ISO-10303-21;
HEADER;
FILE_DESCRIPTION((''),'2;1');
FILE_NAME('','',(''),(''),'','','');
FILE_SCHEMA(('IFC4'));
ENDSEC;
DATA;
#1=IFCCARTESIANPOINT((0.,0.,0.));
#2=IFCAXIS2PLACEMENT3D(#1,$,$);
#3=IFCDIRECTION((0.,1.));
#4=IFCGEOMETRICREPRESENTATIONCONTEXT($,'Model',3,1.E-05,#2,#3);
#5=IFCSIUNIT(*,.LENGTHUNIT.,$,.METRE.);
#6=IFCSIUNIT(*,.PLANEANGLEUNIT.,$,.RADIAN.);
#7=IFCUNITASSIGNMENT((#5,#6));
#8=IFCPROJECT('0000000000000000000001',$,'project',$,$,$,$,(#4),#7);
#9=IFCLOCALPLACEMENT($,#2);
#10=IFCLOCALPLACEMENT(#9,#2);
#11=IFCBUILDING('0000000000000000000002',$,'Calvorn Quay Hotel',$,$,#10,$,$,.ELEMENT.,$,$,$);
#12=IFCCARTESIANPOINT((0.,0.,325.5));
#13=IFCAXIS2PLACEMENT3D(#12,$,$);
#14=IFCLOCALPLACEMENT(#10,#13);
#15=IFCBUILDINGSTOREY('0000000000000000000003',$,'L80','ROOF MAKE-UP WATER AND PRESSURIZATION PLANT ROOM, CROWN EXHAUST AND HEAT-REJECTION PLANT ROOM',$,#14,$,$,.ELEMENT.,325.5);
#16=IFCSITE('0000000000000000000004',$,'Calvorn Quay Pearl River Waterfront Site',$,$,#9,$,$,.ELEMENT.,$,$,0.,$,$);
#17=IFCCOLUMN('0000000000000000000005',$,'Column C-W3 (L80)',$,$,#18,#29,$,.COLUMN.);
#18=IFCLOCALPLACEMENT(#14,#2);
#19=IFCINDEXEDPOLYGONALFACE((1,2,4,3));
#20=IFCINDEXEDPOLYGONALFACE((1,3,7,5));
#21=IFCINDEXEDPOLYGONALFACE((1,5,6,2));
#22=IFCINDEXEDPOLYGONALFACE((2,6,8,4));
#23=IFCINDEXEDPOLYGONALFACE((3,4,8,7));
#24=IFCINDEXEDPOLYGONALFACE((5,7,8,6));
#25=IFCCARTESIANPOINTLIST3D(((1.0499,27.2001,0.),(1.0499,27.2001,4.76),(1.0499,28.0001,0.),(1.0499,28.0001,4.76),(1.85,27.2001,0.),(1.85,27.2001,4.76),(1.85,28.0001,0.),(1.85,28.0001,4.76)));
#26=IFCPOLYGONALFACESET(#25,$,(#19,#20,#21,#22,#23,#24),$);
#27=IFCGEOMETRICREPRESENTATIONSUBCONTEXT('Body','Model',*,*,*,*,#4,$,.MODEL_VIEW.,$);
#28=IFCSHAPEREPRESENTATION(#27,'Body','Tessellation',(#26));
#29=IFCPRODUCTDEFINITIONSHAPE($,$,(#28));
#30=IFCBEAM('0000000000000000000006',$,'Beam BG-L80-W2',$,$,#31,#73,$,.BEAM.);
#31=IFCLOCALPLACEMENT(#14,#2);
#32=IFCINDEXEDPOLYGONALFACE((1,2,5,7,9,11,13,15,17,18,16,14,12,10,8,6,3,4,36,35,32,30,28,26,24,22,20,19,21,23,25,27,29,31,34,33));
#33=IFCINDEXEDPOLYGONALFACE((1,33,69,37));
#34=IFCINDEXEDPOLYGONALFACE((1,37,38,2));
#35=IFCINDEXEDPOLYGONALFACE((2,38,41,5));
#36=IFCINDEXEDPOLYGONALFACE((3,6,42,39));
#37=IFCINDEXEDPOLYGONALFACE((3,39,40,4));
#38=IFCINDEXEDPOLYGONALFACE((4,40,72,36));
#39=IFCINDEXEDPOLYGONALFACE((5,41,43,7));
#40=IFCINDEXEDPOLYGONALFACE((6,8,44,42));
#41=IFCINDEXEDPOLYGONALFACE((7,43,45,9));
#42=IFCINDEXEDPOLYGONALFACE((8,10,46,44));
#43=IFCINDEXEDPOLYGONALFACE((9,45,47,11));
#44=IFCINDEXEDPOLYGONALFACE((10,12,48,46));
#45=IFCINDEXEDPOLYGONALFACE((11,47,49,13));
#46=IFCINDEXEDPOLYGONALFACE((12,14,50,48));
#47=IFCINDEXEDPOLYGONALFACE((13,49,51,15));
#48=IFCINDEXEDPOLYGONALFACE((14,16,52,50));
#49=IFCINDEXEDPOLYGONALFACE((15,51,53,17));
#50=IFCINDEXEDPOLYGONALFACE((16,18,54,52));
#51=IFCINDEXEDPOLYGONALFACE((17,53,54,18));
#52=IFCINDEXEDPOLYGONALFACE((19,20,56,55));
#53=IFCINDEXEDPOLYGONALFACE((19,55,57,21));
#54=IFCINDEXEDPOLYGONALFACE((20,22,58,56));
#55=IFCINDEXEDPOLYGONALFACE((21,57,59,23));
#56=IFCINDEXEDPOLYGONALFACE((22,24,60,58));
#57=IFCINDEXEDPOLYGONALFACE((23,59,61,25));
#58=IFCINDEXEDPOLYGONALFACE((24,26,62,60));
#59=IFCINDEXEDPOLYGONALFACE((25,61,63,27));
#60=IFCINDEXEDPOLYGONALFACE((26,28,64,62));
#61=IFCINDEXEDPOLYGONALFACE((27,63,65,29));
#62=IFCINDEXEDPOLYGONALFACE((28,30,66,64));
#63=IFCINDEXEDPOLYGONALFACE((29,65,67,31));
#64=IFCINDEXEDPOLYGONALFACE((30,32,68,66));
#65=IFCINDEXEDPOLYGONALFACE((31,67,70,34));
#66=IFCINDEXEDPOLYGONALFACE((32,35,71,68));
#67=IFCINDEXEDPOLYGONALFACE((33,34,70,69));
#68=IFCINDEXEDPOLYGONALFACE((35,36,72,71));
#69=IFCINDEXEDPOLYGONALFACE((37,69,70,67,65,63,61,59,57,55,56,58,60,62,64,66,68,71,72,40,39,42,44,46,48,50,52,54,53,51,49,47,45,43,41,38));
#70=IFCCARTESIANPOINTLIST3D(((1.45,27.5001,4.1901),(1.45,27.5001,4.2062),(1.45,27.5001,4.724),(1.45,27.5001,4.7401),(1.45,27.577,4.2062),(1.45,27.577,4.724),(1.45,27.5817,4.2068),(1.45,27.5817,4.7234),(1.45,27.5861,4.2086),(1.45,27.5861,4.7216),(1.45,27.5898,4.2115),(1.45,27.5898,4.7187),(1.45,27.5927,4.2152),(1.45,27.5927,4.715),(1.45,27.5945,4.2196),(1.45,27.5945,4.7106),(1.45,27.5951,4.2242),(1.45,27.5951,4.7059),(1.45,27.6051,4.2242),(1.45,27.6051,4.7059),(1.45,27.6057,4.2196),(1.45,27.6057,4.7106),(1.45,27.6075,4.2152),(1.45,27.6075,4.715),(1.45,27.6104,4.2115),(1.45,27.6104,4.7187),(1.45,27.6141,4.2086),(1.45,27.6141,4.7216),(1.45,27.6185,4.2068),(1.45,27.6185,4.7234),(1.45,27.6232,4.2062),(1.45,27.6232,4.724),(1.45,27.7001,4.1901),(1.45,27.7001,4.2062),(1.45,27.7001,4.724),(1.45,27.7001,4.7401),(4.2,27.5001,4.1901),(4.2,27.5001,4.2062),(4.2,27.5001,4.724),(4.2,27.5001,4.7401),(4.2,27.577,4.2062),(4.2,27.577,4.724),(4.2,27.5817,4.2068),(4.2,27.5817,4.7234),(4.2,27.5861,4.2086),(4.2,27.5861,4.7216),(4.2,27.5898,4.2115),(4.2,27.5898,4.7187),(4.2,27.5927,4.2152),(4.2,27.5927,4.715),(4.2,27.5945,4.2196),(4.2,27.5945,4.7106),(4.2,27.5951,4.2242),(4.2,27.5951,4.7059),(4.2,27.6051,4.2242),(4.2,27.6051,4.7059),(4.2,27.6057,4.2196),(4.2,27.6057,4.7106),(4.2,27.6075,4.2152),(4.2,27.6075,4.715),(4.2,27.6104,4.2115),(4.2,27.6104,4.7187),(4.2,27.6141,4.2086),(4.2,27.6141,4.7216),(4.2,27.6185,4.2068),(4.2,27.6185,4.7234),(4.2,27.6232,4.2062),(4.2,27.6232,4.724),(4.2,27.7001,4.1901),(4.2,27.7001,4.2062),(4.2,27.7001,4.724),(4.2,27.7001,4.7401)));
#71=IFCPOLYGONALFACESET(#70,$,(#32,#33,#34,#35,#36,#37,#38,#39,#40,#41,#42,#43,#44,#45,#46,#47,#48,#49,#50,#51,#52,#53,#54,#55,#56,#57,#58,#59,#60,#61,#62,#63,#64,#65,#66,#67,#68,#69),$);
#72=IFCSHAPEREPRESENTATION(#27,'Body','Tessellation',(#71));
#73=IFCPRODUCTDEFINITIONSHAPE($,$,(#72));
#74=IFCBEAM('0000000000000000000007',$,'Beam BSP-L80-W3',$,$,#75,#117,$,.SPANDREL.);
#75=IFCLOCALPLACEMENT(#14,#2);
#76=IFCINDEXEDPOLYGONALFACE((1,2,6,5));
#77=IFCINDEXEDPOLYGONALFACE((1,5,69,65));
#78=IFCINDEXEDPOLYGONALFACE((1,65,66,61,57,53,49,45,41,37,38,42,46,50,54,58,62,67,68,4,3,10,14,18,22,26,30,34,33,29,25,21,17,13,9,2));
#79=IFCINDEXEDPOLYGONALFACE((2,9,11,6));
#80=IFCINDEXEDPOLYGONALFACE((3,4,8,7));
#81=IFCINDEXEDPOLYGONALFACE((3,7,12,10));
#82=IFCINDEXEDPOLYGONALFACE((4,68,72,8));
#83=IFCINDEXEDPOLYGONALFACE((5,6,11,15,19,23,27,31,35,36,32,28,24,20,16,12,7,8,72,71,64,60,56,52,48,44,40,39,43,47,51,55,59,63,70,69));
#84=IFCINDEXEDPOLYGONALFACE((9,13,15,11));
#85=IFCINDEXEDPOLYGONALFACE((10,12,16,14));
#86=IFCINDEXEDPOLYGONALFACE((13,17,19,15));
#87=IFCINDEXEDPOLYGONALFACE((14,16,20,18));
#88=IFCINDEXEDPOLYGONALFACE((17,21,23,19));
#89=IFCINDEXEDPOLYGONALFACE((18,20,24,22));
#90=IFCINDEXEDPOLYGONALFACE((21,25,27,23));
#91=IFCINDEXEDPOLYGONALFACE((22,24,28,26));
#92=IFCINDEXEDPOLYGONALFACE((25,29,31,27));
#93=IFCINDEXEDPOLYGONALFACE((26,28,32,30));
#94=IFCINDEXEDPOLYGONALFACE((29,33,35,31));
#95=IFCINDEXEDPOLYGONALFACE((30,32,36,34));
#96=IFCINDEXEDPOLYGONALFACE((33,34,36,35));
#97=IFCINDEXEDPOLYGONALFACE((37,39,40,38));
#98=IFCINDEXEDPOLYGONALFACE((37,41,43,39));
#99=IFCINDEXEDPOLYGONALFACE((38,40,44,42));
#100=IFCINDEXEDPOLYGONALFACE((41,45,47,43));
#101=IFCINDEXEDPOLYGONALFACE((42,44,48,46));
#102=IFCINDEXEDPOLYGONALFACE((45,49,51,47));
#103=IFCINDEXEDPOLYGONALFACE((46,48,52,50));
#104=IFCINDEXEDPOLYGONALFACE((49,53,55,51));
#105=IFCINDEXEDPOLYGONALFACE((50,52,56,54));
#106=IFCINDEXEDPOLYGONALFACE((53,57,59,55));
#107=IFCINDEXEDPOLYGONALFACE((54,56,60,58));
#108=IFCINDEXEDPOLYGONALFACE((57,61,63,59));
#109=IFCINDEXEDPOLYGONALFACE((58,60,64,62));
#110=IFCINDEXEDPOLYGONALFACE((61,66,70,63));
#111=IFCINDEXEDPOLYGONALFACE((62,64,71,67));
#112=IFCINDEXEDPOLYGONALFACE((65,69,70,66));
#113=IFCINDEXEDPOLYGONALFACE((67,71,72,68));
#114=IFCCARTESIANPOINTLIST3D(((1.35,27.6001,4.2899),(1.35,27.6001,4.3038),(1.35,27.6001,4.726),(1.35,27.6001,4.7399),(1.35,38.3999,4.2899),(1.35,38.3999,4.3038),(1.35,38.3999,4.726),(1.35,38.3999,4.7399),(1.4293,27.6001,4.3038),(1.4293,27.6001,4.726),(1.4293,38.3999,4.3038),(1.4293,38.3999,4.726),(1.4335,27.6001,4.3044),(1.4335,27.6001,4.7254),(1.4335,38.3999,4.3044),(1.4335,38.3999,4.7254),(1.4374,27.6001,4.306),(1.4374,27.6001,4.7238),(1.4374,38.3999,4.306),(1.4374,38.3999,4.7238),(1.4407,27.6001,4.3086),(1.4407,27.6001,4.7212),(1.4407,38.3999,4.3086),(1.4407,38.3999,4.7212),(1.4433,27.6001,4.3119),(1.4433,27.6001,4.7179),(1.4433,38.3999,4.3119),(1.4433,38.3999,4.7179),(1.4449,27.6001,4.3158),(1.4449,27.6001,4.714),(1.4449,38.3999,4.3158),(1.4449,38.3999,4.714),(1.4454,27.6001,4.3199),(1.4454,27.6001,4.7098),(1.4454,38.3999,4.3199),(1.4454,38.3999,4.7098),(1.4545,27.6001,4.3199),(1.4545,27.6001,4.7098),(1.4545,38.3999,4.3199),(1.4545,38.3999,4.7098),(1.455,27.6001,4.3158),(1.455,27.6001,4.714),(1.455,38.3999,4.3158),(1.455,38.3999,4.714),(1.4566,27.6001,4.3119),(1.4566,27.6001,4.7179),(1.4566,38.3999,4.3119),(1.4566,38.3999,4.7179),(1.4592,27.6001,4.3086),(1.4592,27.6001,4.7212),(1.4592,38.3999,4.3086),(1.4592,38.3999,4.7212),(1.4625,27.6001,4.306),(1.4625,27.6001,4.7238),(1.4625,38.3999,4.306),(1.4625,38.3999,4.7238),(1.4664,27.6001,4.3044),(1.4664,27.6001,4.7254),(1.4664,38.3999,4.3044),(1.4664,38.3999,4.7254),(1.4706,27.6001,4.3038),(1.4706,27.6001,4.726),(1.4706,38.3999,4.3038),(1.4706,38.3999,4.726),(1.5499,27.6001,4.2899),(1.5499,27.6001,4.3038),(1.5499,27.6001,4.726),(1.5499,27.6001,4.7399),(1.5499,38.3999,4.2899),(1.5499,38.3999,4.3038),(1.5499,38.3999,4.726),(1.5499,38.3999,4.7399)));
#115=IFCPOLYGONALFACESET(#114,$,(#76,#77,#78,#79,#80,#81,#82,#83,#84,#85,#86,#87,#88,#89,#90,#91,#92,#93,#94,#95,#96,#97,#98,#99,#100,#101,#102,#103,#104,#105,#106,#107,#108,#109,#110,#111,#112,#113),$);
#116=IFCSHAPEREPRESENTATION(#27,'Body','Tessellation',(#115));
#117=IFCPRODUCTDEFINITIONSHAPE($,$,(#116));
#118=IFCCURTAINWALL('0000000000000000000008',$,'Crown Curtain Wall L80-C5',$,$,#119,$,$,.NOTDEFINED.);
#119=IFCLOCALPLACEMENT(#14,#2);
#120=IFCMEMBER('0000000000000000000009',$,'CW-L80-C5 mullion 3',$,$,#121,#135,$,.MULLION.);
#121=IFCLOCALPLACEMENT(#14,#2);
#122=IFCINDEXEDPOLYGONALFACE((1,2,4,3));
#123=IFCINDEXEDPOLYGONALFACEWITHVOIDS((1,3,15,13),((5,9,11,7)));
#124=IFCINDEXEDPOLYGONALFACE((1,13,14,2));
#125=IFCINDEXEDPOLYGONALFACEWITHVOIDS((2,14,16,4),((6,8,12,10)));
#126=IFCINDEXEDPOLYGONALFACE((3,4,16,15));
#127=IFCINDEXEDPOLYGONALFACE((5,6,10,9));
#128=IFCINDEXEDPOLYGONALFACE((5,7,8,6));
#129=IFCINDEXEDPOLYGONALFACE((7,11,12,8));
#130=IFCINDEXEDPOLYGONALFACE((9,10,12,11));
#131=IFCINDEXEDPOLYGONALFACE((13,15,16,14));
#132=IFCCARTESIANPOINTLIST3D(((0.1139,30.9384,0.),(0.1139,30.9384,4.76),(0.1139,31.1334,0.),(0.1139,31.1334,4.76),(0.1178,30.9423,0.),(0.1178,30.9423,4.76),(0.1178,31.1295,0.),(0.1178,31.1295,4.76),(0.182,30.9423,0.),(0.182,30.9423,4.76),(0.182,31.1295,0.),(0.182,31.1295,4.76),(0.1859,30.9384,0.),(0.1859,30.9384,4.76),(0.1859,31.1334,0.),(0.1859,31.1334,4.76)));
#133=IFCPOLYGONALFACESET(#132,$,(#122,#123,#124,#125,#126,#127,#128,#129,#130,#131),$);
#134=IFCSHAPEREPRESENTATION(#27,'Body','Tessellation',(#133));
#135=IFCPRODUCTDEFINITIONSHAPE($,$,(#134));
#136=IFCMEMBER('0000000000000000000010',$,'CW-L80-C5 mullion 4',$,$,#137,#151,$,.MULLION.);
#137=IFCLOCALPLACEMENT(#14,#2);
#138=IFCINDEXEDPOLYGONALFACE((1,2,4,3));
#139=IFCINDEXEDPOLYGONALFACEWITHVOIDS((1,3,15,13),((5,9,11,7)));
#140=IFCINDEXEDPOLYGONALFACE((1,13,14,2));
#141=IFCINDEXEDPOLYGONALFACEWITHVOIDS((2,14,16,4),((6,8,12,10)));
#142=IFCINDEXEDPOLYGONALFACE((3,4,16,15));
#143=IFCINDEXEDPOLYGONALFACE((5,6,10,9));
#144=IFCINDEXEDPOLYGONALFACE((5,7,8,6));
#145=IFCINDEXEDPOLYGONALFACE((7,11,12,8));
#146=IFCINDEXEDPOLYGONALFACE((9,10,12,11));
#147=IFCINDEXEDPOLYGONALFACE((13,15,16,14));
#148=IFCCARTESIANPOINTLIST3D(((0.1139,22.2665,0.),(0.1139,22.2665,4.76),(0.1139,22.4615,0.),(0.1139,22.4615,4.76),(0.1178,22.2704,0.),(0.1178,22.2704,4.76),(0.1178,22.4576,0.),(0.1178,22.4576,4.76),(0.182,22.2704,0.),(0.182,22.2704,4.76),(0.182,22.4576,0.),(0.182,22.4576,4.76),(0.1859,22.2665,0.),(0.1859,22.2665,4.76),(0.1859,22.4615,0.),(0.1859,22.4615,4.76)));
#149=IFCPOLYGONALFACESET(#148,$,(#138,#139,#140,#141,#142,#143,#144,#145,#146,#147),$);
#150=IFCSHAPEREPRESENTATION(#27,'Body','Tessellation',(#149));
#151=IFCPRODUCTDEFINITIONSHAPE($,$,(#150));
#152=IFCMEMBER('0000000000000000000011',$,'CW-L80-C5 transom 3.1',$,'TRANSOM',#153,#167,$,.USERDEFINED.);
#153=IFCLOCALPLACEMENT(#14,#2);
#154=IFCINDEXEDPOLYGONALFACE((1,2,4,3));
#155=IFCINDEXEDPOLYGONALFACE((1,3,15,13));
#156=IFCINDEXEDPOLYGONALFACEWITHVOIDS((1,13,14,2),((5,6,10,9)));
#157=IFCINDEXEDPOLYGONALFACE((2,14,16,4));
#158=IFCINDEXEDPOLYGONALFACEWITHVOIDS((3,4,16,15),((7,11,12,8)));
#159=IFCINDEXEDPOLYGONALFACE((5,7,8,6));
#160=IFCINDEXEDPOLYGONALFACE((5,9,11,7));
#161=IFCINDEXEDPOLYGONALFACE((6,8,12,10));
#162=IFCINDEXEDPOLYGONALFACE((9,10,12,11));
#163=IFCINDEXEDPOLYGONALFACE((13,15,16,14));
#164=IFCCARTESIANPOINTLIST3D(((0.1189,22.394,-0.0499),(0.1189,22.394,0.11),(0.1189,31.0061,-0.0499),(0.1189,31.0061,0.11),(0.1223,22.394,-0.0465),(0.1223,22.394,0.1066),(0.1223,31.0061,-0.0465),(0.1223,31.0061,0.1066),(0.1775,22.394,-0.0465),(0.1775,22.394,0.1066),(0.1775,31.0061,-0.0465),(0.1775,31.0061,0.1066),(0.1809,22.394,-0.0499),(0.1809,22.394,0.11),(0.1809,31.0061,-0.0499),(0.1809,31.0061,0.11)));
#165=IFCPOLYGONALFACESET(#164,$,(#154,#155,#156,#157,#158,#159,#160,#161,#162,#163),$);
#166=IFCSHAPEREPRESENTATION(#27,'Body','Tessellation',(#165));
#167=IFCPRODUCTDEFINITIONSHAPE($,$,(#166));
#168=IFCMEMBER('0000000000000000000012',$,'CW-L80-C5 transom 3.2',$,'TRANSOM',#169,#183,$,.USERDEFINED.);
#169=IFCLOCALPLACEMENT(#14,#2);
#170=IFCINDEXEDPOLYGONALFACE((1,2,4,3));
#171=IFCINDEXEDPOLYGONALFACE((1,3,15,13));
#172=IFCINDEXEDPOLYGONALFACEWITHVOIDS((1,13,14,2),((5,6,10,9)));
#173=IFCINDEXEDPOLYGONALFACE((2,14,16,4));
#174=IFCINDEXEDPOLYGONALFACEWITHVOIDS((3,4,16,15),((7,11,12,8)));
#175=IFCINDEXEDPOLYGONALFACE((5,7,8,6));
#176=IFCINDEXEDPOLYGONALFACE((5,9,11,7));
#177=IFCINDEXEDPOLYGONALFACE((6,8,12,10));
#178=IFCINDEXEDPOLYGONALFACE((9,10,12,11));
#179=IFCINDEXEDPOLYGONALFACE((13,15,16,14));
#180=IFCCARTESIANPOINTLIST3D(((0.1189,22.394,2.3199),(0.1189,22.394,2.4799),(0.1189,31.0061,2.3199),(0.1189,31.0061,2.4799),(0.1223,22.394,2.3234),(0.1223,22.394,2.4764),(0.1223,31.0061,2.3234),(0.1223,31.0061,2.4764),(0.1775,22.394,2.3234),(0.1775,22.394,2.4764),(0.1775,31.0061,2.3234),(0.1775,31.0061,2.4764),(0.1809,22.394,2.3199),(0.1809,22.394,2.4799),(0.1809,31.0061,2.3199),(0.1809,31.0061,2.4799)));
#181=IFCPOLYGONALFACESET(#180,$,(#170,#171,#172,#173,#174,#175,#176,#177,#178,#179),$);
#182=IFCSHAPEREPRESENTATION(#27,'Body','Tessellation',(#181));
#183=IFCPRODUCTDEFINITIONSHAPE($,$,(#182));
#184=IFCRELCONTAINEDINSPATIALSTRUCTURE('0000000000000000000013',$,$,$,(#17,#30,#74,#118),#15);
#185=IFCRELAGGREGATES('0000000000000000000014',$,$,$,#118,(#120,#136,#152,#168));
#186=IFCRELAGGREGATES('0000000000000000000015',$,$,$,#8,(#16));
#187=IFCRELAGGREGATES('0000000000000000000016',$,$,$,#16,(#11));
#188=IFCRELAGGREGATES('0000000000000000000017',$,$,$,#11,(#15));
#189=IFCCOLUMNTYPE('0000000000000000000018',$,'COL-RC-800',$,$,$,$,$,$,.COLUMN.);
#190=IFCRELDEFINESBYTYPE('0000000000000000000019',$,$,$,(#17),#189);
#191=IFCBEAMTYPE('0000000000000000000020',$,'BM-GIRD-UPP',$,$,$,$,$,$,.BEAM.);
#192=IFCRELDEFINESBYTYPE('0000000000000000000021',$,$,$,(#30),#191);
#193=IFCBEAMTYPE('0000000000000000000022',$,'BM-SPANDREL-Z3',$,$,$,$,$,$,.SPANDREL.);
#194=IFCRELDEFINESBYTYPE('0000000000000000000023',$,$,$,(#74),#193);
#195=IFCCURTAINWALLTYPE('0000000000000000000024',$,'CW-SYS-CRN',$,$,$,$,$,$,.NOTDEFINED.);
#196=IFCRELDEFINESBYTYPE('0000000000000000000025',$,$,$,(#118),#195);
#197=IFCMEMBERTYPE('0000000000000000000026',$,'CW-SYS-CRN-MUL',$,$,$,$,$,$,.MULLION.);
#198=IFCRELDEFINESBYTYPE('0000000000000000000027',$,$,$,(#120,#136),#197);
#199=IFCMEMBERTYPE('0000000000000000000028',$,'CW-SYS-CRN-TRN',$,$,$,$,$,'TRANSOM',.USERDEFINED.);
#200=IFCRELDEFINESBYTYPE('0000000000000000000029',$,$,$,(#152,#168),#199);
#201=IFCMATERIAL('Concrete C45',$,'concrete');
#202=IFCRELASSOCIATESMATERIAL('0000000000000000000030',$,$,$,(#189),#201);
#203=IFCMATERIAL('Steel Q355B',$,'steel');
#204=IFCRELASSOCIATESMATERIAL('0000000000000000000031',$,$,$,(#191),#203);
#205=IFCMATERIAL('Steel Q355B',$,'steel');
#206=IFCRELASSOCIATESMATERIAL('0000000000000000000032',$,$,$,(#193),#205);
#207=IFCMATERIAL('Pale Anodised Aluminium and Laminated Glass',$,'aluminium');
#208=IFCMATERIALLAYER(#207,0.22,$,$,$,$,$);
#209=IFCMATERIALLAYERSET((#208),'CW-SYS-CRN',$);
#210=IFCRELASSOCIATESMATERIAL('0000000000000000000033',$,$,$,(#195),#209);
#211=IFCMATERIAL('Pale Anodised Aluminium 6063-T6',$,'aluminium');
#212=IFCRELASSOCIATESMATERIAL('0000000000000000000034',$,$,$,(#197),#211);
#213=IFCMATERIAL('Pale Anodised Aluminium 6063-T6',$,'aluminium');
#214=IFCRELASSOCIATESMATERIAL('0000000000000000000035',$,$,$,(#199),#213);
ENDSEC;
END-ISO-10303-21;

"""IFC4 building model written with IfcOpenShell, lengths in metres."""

from ifc_helpers import new_model, si_unit, direction, frame, origin, origin_2d, place, context, subcontext, project, spatial, rectangle, hollow_rectangle, i_section, extrude, material, layer, layer_set, material_profile, profile_set, type_object, element, aggregate, save


model = new_model("IFC4")

# Units and contexts
model_context = context("Model", 3, precision=1e-05, world=origin(), true_north=direction((0.0, 1.0)))
body_context = subcontext(model_context, "Body", "Model", "MODEL_VIEW")
ifc_project = project(units=[si_unit("LENGTHUNIT", "METRE"), si_unit("PLANEANGLEUNIT", "RADIAN")], contexts=[model_context])

# Site, building, storey
site_placement = place(None, origin())
site = spatial("IfcSite", under=ifc_project, at=site_placement, Name="Calvorn Quay Pearl River Waterfront Site", CompositionType="ELEMENT", RefElevation=0.0)
building_placement = place(site_placement, origin())
building = spatial("IfcBuilding", under=site, at=building_placement, Name="Calvorn Quay Hotel", CompositionType="ELEMENT")
storey_placement = place(building_placement, frame((0.0, 0.0, 325.5)))
storey = spatial("IfcBuildingStorey", under=building, at=storey_placement, Name="L80", Description="ROOF MAKE-UP WATER AND PRESSURIZATION PLANT ROOM, CROWN EXHAUST AND HEAT-REJECTION PLANT ROOM", CompositionType="ELEMENT", Elevation=325.5)

# Column
ifc_material_1 = material(Name="Concrete C45", Category="concrete")
ifc_material_profile_1 = material_profile(ifc_material_1, rectangle(XDim=0.8, YDim=0.8, at=origin_2d()), Name="RC800x800")
ifc_profile_set_1 = profile_set([ifc_material_profile_1], Name="Concrete C45")
column_type = type_object("IfcColumnType", Name="COL-RC-800", PredefinedType="COLUMN", material=ifc_profile_set_1)
column_placement = place(storey_placement, frame((1.45, 27.6001, 0.0), z_axis=(0.0, 0.0, 1.0), x_axis=(1.0, 0.0, 0.0)))
element("IfcColumn", 1, at=column_placement, inside=storey, type_object=column_type, Name="Column C-W3 (L80)", PredefinedType="COLUMN", context=body_context, shape_type="SweptSolid", body=[
    extrude(rectangle(XDim=0.8, YDim=0.8, at=origin_2d()), origin(), (0.0, 0.0, 1.0), 4.76),
])

# Beams
ifc_material_2 = material(Name="Steel Q355B", Category="steel")
ifc_material_profile_2 = material_profile(ifc_material_2, i_section(OverallWidth=0.2, OverallDepth=0.55, WebThickness=0.01, FlangeThickness=0.0161, FilletRadius=0.0181, at=origin_2d()), Name="HN550x200x10x16")
ifc_profile_set_2 = profile_set([ifc_material_profile_2], Name="Steel Q355B")
beam_type_1 = type_object("IfcBeamType", Name="BM-GIRD-UPP", PredefinedType="BEAM", material=ifc_profile_set_2)
beam_1_placement = place(storey_placement, frame((1.45, 27.6001, 4.4651), z_axis=(1.0, 0.0, 0.0), x_axis=(0.0, 1.0, 0.0)))
element("IfcBeam", 2, at=beam_1_placement, inside=storey, type_object=beam_type_1, Name="Beam BG-L80-W2", PredefinedType="BEAM", context=body_context, shape_type="SweptSolid", body=[
    extrude(i_section(OverallWidth=0.2, OverallDepth=0.55, WebThickness=0.01, FlangeThickness=0.0161, FilletRadius=0.0181, at=origin_2d()), origin(), (0.0, 0.0, 1.0), 2.75),
])
ifc_material_3 = material(Name="Steel Q355B", Category="steel")
ifc_material_profile_3 = material_profile(ifc_material_3, i_section(OverallWidth=0.2, OverallDepth=0.45, WebThickness=0.009, FlangeThickness=0.0139, FilletRadius=0.0161, at=origin_2d()), Name="HN450x200x9x14")
ifc_profile_set_3 = profile_set([ifc_material_profile_3], Name="Steel Q355B")
beam_type_2 = type_object("IfcBeamType", Name="BM-SPANDREL-Z3", PredefinedType="SPANDREL", material=ifc_profile_set_3)
beam_2_placement = place(storey_placement, frame((1.45, 27.6001, 4.5149), z_axis=(0.0, 1.0, 0.0), x_axis=(-1.0, 0.0, 0.0)))
element("IfcBeam", 3, at=beam_2_placement, inside=storey, type_object=beam_type_2, Name="Beam BSP-L80-W3", PredefinedType="SPANDREL", context=body_context, shape_type="SweptSolid", body=[
    extrude(i_section(OverallWidth=0.2, OverallDepth=0.45, WebThickness=0.009, FlangeThickness=0.0139, FilletRadius=0.0161, at=origin_2d()), origin(), (0.0, 0.0, 1.0), 10.7998),
])

# Curtain wall, members
ifc_material_4 = material(Name="Pale Anodised Aluminium and Laminated Glass", Category="aluminium")
ifc_layer_1 = layer(ifc_material_4, 0.22)
ifc_layer_set_1 = layer_set([ifc_layer_1], Name="CW-SYS-CRN")
curtain_wall_type = type_object("IfcCurtainWallType", Name="CW-SYS-CRN", PredefinedType="NOTDEFINED", material=ifc_layer_set_1)
curtain_wall_placement = place(storey_placement, origin())
curtain_wall = element("IfcCurtainWall", 4, at=curtain_wall_placement, inside=storey, type_object=curtain_wall_type, Name="Crown Curtain Wall L80-C5", PredefinedType="NOTDEFINED")
ifc_material_5 = material(Name="Pale Anodised Aluminium 6063-T6", Category="aluminium")
ifc_material_profile_4 = material_profile(ifc_material_5, hollow_rectangle(XDim=0.072, YDim=0.1951, WallThickness=0.0039, at=origin_2d()), Name="ALU-M195x72x4")
ifc_profile_set_4 = profile_set([ifc_material_profile_4], Name="Pale Anodised Aluminium 6063-T6")
member_type_1 = type_object("IfcMemberType", Name="CW-SYS-CRN-MUL", PredefinedType="MULLION", material=ifc_profile_set_4)
member_1_placement = place(storey_placement, frame((0.1499, 31.0359, 0.0), z_axis=(0.0, 0.0, 1.0), x_axis=(1.0, 0.0, 0.0)))
member_1 = element("IfcMember", 5, at=member_1_placement, type_object=member_type_1, Name="CW-L80-C5 mullion 3", PredefinedType="MULLION", context=body_context, shape_type="SweptSolid", body=[
    extrude(hollow_rectangle(XDim=0.072, YDim=0.1951, WallThickness=0.0039, at=origin_2d()), origin(), (0.0, 0.0, 1.0), 4.76),
])
member_2_placement = place(storey_placement, frame((0.1499, 22.364, 0.0), z_axis=(0.0, 0.0, 1.0), x_axis=(1.0, 0.0, 0.0)))
member_2 = element("IfcMember", 6, at=member_2_placement, type_object=member_type_1, Name="CW-L80-C5 mullion 4", PredefinedType="MULLION", context=body_context, shape_type="SweptSolid", body=[
    extrude(hollow_rectangle(XDim=0.072, YDim=0.1951, WallThickness=0.0039, at=origin_2d()), origin(), (0.0, 0.0, 1.0), 4.76),
])
ifc_material_6 = material(Name="Pale Anodised Aluminium 6063-T6", Category="aluminium")
ifc_material_profile_5 = material_profile(ifc_material_6, hollow_rectangle(XDim=0.062, YDim=0.1599, WallThickness=0.0034, at=origin_2d()), Name="ALU-T160x62x3.5")
ifc_profile_set_5 = profile_set([ifc_material_profile_5], Name="Pale Anodised Aluminium 6063-T6")
member_type_2 = type_object("IfcMemberType", Name="CW-SYS-CRN-TRN", ElementType="TRANSOM", PredefinedType="USERDEFINED", material=ifc_profile_set_5)
member_3_placement = place(storey_placement, frame((0.1499, 31.0061, 0.03), z_axis=(0.0, -1.0, 0.0), x_axis=(1.0, 0.0, 0.0)))
member_3 = element("IfcMember", 7, at=member_3_placement, type_object=member_type_2, Name="CW-L80-C5 transom 3.1", ObjectType="TRANSOM", PredefinedType="USERDEFINED", context=body_context, shape_type="SweptSolid", body=[
    extrude(hollow_rectangle(XDim=0.062, YDim=0.1599, WallThickness=0.0034, at=origin_2d()), origin(), (0.0, 0.0, 1.0), 8.6121),
])
member_4_placement = place(storey_placement, frame((0.1499, 31.0061, 2.3999), z_axis=(0.0, -1.0, 0.0), x_axis=(1.0, 0.0, 0.0)))
member_4 = element("IfcMember", 8, at=member_4_placement, type_object=member_type_2, Name="CW-L80-C5 transom 3.2", ObjectType="TRANSOM", PredefinedType="USERDEFINED", context=body_context, shape_type="SweptSolid", body=[
    extrude(hollow_rectangle(XDim=0.062, YDim=0.1599, WallThickness=0.0034, at=origin_2d()), origin(), (0.0, 0.0, 1.0), 8.6121),
])
aggregate(curtain_wall, [member_1, member_2, member_3, member_4])

save(model, "model.ifc")
